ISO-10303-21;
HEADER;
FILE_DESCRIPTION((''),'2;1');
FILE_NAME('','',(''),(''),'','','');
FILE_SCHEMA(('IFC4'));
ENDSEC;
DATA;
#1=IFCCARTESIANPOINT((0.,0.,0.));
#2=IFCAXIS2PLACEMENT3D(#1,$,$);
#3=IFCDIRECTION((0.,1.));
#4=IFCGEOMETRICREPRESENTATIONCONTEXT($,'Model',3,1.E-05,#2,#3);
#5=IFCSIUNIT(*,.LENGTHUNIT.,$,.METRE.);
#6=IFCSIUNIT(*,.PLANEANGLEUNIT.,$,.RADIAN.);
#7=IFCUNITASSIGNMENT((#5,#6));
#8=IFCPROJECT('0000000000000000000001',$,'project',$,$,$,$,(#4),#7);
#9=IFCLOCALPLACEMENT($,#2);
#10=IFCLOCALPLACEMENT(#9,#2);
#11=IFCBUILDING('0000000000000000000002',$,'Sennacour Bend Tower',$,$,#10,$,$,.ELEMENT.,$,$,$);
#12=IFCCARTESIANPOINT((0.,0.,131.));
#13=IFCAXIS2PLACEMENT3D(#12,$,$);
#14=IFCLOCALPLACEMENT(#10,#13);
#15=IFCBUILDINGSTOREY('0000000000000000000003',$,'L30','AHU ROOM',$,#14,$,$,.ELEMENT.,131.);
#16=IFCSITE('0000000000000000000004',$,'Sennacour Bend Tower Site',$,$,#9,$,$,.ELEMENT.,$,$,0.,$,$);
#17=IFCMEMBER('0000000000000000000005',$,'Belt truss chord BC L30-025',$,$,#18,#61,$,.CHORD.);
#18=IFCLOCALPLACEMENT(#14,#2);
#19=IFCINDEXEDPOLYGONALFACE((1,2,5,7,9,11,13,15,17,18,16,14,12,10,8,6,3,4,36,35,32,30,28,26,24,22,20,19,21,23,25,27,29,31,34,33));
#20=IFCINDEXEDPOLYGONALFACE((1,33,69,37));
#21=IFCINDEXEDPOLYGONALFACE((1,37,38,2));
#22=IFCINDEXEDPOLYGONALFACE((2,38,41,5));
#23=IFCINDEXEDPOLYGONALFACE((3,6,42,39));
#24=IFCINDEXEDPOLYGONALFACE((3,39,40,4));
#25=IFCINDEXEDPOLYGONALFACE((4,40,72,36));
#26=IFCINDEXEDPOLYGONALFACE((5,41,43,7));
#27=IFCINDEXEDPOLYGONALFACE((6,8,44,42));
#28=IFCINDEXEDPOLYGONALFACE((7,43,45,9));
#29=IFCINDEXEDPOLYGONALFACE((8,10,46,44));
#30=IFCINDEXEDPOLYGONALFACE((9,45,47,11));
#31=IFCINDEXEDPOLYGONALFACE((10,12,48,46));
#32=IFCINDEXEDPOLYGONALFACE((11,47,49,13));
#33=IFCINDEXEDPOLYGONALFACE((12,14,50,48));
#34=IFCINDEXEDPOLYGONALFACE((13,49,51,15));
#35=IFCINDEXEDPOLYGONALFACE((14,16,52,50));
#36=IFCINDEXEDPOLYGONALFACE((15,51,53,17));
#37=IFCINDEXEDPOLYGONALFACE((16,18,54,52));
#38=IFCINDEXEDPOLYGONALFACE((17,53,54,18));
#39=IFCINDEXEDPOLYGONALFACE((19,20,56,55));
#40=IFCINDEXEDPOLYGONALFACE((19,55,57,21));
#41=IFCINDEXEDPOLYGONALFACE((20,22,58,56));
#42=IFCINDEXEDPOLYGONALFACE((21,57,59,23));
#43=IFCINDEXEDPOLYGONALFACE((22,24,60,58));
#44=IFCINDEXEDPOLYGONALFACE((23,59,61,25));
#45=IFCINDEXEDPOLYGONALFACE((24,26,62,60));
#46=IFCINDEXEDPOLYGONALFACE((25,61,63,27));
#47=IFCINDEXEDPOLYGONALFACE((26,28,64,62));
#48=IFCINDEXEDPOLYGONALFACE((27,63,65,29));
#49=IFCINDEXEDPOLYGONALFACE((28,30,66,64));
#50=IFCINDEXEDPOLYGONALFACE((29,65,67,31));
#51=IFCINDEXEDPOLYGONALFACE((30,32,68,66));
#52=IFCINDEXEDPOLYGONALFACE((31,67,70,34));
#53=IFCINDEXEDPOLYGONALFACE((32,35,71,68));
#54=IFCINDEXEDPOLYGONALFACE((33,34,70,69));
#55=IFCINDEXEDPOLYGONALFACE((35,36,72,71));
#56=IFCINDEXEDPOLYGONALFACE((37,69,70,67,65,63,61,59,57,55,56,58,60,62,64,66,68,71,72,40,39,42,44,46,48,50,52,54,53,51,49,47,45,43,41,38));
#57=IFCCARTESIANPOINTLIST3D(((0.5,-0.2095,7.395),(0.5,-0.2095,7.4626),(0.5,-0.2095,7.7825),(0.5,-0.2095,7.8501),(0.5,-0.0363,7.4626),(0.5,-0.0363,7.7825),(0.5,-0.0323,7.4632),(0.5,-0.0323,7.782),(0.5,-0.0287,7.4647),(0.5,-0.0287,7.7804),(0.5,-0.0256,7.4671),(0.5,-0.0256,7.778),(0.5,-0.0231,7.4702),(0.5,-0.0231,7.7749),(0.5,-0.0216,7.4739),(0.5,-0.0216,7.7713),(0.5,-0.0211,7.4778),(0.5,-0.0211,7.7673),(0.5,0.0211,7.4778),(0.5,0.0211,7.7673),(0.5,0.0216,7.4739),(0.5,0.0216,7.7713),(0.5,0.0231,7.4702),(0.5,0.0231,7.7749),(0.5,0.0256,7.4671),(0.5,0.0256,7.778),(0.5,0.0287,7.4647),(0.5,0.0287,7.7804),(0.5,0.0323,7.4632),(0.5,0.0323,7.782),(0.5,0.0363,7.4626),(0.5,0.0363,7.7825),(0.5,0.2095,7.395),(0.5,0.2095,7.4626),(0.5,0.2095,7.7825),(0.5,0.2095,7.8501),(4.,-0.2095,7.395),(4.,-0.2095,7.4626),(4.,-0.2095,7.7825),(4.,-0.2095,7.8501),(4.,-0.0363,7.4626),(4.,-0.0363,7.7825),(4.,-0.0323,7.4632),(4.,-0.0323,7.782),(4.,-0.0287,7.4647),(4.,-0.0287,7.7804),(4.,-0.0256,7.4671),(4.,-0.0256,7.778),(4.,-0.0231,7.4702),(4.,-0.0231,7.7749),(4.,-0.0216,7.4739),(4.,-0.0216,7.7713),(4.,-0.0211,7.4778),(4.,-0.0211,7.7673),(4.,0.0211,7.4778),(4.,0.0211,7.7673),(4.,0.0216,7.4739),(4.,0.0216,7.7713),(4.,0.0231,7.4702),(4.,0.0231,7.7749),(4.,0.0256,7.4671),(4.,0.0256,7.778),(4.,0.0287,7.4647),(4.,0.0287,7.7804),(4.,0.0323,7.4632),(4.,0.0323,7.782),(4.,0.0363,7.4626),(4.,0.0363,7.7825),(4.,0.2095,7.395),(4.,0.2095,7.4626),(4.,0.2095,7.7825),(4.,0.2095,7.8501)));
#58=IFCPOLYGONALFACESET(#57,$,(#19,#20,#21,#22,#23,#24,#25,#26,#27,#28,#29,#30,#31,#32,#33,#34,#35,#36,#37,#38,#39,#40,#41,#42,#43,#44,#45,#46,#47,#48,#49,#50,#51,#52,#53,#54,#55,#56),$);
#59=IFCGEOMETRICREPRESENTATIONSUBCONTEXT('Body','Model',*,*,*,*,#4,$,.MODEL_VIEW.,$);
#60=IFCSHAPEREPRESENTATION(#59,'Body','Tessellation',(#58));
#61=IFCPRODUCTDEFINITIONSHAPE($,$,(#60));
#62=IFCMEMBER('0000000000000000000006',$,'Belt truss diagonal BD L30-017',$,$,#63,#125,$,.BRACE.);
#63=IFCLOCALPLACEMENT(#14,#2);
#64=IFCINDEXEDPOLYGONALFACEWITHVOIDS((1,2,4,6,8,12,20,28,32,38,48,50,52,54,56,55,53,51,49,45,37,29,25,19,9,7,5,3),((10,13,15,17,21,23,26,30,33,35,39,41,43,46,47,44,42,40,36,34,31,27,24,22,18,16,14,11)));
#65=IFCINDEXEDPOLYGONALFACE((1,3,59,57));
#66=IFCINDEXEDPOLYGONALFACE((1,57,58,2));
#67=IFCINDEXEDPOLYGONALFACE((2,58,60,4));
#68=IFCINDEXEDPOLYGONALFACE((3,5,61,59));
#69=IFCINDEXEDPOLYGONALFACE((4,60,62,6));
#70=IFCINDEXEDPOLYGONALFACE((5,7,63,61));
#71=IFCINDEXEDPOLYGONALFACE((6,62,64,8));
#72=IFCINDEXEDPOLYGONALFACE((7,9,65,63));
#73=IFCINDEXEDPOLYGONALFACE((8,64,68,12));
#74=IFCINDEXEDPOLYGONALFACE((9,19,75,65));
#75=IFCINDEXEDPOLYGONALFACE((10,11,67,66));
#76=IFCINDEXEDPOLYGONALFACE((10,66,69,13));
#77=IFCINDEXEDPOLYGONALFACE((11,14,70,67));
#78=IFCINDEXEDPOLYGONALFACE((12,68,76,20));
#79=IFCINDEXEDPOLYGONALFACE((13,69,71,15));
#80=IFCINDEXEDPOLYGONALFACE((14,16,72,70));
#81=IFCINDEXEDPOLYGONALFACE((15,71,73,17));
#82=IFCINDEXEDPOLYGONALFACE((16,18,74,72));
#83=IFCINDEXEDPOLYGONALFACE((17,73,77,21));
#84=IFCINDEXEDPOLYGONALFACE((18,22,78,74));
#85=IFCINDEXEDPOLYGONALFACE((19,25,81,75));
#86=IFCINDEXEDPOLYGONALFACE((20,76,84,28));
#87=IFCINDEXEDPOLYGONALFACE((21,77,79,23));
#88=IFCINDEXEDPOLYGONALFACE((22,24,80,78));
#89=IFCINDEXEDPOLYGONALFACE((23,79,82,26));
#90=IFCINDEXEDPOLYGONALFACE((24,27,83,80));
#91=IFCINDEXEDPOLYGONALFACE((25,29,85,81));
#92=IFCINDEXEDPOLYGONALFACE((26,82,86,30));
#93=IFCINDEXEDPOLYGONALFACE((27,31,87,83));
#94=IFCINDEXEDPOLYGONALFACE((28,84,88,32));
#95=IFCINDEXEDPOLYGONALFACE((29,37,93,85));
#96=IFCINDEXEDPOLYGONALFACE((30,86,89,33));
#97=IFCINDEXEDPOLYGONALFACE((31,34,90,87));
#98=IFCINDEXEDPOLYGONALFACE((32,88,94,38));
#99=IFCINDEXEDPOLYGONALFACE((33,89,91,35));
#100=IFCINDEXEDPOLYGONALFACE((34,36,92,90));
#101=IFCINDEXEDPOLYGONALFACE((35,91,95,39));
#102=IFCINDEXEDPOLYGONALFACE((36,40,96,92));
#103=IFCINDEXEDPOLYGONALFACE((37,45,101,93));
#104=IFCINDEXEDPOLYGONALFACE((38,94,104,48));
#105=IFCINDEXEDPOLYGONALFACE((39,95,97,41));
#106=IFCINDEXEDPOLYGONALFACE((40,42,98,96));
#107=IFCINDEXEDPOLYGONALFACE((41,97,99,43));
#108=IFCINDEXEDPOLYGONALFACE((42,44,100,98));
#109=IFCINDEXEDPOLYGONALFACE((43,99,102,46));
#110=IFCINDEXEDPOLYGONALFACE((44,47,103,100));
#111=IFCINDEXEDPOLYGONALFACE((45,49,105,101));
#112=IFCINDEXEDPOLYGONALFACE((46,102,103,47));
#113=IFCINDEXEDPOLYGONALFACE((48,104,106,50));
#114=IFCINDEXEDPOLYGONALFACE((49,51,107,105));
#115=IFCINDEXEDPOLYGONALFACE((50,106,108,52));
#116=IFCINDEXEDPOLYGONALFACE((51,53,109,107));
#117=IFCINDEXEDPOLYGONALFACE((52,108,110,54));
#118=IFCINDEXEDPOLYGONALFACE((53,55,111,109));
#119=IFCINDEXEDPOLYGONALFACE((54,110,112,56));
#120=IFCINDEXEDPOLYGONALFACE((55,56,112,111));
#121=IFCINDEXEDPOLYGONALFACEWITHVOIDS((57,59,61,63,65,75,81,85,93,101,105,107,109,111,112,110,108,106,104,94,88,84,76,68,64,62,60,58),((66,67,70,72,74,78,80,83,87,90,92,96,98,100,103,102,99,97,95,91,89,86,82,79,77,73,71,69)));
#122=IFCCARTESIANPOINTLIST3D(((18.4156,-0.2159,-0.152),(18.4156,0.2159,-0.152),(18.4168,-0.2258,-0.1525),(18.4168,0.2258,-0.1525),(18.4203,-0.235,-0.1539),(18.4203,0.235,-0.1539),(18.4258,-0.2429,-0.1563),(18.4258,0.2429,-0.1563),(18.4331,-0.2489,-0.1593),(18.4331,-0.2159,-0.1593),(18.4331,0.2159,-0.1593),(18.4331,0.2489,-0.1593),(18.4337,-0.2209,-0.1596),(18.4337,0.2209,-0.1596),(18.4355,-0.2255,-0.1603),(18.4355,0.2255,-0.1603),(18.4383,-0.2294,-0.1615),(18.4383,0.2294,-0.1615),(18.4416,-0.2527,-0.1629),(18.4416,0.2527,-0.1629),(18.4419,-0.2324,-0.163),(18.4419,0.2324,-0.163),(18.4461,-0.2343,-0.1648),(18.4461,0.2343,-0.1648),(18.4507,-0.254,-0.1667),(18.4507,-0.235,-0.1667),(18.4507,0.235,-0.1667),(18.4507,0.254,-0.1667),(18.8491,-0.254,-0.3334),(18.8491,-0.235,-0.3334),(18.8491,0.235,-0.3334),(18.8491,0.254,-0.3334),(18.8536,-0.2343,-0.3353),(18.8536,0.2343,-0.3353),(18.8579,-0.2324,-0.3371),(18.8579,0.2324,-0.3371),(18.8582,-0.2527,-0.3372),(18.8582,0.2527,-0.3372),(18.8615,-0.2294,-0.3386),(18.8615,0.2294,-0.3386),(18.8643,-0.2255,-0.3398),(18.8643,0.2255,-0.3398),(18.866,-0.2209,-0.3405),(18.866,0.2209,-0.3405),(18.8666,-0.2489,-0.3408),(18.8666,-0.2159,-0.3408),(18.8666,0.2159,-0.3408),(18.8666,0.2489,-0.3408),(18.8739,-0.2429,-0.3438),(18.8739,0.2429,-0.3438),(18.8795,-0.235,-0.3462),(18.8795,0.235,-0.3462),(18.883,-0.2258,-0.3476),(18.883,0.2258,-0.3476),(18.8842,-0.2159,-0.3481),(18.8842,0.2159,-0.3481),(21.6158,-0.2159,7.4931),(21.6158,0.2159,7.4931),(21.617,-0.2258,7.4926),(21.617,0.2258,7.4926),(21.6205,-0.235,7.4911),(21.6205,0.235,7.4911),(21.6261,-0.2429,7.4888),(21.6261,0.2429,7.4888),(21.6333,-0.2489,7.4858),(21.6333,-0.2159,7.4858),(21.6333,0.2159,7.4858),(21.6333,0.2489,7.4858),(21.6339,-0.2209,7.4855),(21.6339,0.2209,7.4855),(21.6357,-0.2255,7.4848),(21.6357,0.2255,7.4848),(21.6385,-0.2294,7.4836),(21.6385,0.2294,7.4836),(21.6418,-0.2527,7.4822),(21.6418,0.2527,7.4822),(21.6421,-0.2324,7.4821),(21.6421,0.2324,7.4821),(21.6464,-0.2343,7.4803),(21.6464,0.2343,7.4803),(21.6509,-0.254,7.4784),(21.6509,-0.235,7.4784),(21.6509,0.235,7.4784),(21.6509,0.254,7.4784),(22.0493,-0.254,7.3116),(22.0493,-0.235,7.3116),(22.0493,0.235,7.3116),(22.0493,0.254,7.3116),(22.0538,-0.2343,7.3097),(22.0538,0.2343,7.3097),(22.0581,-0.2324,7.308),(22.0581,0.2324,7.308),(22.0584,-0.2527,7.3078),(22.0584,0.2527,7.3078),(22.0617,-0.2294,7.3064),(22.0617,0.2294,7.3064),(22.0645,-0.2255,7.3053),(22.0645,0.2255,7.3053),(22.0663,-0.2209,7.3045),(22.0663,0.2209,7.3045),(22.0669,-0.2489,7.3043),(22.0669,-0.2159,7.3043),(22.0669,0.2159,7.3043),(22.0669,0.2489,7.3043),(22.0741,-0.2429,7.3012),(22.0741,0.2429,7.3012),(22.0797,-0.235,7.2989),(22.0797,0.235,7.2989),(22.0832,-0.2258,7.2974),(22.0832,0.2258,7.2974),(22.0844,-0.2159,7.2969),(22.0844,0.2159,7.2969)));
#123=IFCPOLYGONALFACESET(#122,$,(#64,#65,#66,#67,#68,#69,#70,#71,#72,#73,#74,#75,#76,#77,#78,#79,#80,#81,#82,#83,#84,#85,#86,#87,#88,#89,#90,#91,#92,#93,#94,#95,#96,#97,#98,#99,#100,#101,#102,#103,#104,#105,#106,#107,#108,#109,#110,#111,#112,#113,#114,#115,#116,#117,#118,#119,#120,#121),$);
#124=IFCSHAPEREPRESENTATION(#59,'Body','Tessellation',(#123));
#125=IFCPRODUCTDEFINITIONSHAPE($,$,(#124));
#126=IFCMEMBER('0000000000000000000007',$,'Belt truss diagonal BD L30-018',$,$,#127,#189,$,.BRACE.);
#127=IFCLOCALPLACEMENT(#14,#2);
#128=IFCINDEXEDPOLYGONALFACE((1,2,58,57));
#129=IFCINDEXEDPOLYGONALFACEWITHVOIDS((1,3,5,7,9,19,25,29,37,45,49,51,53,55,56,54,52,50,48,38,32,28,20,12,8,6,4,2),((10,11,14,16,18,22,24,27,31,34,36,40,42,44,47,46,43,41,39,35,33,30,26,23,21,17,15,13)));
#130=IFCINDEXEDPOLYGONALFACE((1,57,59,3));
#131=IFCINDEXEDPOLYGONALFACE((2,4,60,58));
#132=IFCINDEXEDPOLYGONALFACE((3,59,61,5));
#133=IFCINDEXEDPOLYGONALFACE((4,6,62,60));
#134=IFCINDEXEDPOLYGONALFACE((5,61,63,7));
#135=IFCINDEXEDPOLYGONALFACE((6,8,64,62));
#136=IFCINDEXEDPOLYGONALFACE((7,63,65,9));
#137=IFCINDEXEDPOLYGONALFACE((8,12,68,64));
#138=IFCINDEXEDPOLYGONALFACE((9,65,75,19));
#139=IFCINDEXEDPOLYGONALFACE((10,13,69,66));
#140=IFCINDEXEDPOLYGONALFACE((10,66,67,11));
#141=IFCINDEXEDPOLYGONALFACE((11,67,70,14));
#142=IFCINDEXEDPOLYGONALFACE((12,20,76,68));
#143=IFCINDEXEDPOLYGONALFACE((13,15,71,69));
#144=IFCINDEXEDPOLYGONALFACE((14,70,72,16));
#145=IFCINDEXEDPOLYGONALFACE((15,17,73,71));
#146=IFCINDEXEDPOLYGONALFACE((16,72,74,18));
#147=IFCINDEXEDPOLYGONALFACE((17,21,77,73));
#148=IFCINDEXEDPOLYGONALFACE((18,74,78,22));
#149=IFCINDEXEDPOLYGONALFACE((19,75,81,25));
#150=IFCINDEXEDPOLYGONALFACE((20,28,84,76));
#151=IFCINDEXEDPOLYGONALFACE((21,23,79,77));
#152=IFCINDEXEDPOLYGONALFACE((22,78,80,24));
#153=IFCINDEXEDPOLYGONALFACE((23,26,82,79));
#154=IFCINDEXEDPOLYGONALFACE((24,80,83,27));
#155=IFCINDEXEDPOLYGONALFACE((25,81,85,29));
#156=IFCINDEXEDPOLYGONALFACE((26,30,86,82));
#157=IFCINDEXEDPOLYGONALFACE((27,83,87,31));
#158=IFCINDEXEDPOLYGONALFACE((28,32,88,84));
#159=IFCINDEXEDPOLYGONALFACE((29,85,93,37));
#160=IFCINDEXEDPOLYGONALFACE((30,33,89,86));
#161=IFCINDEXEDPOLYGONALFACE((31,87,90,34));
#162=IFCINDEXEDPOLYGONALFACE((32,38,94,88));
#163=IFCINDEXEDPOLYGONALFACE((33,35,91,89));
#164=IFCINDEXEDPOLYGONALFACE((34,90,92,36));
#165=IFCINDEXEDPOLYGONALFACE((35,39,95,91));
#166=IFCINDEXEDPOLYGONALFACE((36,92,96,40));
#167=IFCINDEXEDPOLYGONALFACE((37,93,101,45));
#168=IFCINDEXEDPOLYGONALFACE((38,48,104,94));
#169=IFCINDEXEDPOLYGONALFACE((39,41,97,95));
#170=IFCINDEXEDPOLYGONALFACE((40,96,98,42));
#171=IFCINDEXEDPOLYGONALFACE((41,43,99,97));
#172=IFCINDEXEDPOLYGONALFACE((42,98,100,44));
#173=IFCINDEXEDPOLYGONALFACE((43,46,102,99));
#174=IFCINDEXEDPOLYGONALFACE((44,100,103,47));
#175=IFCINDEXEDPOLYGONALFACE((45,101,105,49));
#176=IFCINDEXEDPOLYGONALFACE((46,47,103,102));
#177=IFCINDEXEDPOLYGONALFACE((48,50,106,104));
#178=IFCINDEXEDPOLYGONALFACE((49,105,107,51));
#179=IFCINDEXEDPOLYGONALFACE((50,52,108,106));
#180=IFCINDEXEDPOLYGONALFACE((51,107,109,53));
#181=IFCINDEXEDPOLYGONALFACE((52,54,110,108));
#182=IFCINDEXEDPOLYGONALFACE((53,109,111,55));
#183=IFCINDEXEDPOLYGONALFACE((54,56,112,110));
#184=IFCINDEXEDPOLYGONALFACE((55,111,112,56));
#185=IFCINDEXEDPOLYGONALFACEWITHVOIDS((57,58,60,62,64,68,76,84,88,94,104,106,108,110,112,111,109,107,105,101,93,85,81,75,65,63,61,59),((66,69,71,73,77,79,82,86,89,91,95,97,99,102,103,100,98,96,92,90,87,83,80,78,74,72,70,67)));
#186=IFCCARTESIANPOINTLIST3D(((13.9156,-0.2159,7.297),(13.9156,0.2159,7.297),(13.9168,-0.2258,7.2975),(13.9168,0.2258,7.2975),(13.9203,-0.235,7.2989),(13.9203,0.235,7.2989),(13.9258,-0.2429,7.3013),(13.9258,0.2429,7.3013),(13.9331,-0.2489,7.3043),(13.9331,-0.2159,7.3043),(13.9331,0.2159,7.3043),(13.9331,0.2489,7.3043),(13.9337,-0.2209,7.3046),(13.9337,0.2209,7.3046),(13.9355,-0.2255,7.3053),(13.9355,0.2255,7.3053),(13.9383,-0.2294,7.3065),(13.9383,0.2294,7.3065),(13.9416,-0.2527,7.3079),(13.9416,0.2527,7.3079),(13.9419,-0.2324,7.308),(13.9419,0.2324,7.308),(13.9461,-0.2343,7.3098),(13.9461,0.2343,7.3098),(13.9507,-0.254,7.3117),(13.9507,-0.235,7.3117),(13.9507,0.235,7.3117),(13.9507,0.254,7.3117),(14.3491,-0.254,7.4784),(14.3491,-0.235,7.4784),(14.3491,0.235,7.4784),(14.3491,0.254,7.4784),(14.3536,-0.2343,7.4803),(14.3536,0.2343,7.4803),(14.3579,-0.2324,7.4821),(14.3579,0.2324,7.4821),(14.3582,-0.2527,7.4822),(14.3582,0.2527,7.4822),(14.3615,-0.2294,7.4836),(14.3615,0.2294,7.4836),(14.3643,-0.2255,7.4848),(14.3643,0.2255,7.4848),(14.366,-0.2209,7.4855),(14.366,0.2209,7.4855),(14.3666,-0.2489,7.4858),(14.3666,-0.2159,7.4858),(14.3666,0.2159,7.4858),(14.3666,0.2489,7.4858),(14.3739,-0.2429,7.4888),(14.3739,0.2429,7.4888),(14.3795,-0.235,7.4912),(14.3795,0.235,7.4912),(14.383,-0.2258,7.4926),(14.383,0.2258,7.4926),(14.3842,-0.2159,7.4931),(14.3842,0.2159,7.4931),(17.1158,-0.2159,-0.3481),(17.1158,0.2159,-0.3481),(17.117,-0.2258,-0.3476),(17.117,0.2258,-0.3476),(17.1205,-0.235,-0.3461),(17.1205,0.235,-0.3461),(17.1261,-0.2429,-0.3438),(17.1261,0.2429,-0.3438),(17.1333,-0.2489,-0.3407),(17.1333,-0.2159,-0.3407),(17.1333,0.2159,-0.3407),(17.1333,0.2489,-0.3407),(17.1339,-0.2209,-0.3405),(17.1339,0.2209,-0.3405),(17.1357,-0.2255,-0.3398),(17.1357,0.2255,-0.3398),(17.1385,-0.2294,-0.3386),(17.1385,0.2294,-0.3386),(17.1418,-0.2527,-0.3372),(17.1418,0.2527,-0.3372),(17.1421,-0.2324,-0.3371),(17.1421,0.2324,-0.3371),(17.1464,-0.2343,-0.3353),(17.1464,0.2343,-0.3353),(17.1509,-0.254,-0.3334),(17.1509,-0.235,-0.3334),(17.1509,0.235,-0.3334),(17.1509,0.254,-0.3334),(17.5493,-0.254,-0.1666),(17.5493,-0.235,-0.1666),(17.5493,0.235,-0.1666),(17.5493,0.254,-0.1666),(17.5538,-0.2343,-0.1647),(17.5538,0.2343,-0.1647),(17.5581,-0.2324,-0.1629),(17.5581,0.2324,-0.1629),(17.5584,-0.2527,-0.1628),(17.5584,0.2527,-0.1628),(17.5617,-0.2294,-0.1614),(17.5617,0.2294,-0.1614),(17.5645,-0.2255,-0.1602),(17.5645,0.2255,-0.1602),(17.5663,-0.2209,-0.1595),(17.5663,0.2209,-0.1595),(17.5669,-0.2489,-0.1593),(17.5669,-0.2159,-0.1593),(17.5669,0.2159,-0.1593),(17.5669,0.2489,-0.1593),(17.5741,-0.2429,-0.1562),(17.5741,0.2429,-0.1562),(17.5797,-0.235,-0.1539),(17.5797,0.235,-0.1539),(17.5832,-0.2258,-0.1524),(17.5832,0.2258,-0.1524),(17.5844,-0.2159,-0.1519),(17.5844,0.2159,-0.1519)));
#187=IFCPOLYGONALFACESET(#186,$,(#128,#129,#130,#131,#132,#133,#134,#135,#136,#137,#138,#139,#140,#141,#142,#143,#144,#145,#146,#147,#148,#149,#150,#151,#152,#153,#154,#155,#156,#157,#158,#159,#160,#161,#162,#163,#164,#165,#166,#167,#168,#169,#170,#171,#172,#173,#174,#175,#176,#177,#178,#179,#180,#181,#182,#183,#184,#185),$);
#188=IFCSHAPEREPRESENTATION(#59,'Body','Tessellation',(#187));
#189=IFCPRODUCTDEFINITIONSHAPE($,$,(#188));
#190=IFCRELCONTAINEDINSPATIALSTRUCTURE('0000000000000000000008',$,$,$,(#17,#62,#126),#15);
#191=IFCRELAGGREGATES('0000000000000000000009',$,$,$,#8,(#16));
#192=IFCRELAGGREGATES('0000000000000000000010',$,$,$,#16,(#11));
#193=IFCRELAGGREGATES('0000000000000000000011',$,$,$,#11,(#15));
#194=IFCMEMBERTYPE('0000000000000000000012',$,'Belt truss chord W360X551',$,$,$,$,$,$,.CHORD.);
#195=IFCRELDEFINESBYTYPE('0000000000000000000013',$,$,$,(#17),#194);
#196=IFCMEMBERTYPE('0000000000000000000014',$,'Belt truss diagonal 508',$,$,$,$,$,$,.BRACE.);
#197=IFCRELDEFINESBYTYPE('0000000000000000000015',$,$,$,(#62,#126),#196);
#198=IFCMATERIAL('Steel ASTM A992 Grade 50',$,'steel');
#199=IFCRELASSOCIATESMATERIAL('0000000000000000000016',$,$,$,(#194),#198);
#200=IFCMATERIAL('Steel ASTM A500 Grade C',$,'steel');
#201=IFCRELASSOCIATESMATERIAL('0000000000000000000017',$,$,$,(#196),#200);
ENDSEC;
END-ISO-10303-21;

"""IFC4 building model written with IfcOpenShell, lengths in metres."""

from ifc_helpers import new_model, si_unit, direction, frame, origin, origin_2d, place, context, subcontext, project, spatial, hollow_rectangle, i_section, extrude, material, material_profile, profile_set, type_object, element, save


model = new_model("IFC4")

# Units and contexts
model_context = context("Model", 3, precision=1e-05, world=origin(), true_north=direction((0.0, 1.0)))
body_context = subcontext(model_context, "Body", "Model", "MODEL_VIEW")
ifc_project = project(units=[si_unit("LENGTHUNIT", "METRE"), si_unit("PLANEANGLEUNIT", "RADIAN")], contexts=[model_context])

# Site, building, storey
site_placement = place(None, origin())
site = spatial("IfcSite", under=ifc_project, at=site_placement, Name="Sennacour Bend Tower Site", CompositionType="ELEMENT", RefElevation=0.0)
building_placement = place(site_placement, origin())
building = spatial("IfcBuilding", under=site, at=building_placement, Name="Sennacour Bend Tower", CompositionType="ELEMENT")
storey_placement = place(building_placement, frame((0.0, 0.0, 131.0)))
storey = spatial("IfcBuildingStorey", under=building, at=storey_placement, Name="L30", Description="AHU ROOM", CompositionType="ELEMENT", Elevation=131.0)

# Members
ifc_material_1 = material(Name="Steel ASTM A992 Grade 50", Category="steel")
ifc_material_profile_1 = material_profile(ifc_material_1, i_section(OverallWidth=0.4189, OverallDepth=0.4551, WebThickness=0.0422, FlangeThickness=0.0676, FilletRadius=0.0151, at=origin_2d()), Name="Steel ASTM A992 Grade 50", Category="steel")
ifc_profile_set_1 = profile_set([ifc_material_profile_1], Name="Steel ASTM A992 Grade 50")
member_type_1 = type_object("IfcMemberType", Name="Belt truss chord W360X551", PredefinedType="CHORD", material=ifc_profile_set_1)
for number, where, z_axis, x_axis, name in (
    (1, (4.0, 0.0, 7.6226), (-1.0, 0.0, 0.0), (0.0, -1.0, 0.0), "Belt truss chord BC L30-025"),
):
    element("IfcMember", number, at=place(storey_placement, frame(where, z_axis=z_axis, x_axis=x_axis)), inside=storey, type_object=member_type_1, Name=name, PredefinedType="CHORD", context=body_context, shape_type="SweptSolid", body=[
        extrude(i_section(OverallWidth=0.4189, OverallDepth=0.4551, WebThickness=0.0422, FlangeThickness=0.0676, FilletRadius=0.0151, at=origin_2d()), origin(), (0.0, 0.0, 1.0), 3.5),
    ])
ifc_material_2 = material(Name="Steel ASTM A500 Grade C", Category="steel")
ifc_material_profile_2 = material_profile(ifc_material_2, hollow_rectangle(XDim=0.5081, YDim=0.5081, WallThickness=0.019, InnerFilletRadius=0.019, OuterFilletRadius=0.0381, at=origin_2d()), Name="Steel ASTM A500 Grade C", Category="steel")
ifc_profile_set_2 = profile_set([ifc_material_profile_2], Name="Steel ASTM A500 Grade C")
member_type_2 = type_object("IfcMemberType", Name="Belt truss diagonal 508", PredefinedType="BRACE", material=ifc_profile_set_2)
for number, where, z_axis, x_axis, name in (
    (2, (21.8501, 0.0, 7.395), (-0.386133, 0.0, -0.922443), (0.0, -1.0, 0.0), "Belt truss diagonal BD L30-017"),
    (3, (17.3501, 0.0, -0.25), (-0.386133, 0.0, 0.922443), (0.0, -1.0, 0.0), "Belt truss diagonal BD L30-018"),
):
    element("IfcMember", number, at=place(storey_placement, frame(where, z_axis=z_axis, x_axis=x_axis)), inside=storey, type_object=member_type_2, Name=name, PredefinedType="BRACE", context=body_context, shape_type="SweptSolid", body=[
        extrude(hollow_rectangle(XDim=0.5081, YDim=0.5081, WallThickness=0.019, InnerFilletRadius=0.019, OuterFilletRadius=0.0381, at=origin_2d()), origin(), (0.0, 0.0, 1.0), 8.2878),
    ])

save(model, "model.ifc")
